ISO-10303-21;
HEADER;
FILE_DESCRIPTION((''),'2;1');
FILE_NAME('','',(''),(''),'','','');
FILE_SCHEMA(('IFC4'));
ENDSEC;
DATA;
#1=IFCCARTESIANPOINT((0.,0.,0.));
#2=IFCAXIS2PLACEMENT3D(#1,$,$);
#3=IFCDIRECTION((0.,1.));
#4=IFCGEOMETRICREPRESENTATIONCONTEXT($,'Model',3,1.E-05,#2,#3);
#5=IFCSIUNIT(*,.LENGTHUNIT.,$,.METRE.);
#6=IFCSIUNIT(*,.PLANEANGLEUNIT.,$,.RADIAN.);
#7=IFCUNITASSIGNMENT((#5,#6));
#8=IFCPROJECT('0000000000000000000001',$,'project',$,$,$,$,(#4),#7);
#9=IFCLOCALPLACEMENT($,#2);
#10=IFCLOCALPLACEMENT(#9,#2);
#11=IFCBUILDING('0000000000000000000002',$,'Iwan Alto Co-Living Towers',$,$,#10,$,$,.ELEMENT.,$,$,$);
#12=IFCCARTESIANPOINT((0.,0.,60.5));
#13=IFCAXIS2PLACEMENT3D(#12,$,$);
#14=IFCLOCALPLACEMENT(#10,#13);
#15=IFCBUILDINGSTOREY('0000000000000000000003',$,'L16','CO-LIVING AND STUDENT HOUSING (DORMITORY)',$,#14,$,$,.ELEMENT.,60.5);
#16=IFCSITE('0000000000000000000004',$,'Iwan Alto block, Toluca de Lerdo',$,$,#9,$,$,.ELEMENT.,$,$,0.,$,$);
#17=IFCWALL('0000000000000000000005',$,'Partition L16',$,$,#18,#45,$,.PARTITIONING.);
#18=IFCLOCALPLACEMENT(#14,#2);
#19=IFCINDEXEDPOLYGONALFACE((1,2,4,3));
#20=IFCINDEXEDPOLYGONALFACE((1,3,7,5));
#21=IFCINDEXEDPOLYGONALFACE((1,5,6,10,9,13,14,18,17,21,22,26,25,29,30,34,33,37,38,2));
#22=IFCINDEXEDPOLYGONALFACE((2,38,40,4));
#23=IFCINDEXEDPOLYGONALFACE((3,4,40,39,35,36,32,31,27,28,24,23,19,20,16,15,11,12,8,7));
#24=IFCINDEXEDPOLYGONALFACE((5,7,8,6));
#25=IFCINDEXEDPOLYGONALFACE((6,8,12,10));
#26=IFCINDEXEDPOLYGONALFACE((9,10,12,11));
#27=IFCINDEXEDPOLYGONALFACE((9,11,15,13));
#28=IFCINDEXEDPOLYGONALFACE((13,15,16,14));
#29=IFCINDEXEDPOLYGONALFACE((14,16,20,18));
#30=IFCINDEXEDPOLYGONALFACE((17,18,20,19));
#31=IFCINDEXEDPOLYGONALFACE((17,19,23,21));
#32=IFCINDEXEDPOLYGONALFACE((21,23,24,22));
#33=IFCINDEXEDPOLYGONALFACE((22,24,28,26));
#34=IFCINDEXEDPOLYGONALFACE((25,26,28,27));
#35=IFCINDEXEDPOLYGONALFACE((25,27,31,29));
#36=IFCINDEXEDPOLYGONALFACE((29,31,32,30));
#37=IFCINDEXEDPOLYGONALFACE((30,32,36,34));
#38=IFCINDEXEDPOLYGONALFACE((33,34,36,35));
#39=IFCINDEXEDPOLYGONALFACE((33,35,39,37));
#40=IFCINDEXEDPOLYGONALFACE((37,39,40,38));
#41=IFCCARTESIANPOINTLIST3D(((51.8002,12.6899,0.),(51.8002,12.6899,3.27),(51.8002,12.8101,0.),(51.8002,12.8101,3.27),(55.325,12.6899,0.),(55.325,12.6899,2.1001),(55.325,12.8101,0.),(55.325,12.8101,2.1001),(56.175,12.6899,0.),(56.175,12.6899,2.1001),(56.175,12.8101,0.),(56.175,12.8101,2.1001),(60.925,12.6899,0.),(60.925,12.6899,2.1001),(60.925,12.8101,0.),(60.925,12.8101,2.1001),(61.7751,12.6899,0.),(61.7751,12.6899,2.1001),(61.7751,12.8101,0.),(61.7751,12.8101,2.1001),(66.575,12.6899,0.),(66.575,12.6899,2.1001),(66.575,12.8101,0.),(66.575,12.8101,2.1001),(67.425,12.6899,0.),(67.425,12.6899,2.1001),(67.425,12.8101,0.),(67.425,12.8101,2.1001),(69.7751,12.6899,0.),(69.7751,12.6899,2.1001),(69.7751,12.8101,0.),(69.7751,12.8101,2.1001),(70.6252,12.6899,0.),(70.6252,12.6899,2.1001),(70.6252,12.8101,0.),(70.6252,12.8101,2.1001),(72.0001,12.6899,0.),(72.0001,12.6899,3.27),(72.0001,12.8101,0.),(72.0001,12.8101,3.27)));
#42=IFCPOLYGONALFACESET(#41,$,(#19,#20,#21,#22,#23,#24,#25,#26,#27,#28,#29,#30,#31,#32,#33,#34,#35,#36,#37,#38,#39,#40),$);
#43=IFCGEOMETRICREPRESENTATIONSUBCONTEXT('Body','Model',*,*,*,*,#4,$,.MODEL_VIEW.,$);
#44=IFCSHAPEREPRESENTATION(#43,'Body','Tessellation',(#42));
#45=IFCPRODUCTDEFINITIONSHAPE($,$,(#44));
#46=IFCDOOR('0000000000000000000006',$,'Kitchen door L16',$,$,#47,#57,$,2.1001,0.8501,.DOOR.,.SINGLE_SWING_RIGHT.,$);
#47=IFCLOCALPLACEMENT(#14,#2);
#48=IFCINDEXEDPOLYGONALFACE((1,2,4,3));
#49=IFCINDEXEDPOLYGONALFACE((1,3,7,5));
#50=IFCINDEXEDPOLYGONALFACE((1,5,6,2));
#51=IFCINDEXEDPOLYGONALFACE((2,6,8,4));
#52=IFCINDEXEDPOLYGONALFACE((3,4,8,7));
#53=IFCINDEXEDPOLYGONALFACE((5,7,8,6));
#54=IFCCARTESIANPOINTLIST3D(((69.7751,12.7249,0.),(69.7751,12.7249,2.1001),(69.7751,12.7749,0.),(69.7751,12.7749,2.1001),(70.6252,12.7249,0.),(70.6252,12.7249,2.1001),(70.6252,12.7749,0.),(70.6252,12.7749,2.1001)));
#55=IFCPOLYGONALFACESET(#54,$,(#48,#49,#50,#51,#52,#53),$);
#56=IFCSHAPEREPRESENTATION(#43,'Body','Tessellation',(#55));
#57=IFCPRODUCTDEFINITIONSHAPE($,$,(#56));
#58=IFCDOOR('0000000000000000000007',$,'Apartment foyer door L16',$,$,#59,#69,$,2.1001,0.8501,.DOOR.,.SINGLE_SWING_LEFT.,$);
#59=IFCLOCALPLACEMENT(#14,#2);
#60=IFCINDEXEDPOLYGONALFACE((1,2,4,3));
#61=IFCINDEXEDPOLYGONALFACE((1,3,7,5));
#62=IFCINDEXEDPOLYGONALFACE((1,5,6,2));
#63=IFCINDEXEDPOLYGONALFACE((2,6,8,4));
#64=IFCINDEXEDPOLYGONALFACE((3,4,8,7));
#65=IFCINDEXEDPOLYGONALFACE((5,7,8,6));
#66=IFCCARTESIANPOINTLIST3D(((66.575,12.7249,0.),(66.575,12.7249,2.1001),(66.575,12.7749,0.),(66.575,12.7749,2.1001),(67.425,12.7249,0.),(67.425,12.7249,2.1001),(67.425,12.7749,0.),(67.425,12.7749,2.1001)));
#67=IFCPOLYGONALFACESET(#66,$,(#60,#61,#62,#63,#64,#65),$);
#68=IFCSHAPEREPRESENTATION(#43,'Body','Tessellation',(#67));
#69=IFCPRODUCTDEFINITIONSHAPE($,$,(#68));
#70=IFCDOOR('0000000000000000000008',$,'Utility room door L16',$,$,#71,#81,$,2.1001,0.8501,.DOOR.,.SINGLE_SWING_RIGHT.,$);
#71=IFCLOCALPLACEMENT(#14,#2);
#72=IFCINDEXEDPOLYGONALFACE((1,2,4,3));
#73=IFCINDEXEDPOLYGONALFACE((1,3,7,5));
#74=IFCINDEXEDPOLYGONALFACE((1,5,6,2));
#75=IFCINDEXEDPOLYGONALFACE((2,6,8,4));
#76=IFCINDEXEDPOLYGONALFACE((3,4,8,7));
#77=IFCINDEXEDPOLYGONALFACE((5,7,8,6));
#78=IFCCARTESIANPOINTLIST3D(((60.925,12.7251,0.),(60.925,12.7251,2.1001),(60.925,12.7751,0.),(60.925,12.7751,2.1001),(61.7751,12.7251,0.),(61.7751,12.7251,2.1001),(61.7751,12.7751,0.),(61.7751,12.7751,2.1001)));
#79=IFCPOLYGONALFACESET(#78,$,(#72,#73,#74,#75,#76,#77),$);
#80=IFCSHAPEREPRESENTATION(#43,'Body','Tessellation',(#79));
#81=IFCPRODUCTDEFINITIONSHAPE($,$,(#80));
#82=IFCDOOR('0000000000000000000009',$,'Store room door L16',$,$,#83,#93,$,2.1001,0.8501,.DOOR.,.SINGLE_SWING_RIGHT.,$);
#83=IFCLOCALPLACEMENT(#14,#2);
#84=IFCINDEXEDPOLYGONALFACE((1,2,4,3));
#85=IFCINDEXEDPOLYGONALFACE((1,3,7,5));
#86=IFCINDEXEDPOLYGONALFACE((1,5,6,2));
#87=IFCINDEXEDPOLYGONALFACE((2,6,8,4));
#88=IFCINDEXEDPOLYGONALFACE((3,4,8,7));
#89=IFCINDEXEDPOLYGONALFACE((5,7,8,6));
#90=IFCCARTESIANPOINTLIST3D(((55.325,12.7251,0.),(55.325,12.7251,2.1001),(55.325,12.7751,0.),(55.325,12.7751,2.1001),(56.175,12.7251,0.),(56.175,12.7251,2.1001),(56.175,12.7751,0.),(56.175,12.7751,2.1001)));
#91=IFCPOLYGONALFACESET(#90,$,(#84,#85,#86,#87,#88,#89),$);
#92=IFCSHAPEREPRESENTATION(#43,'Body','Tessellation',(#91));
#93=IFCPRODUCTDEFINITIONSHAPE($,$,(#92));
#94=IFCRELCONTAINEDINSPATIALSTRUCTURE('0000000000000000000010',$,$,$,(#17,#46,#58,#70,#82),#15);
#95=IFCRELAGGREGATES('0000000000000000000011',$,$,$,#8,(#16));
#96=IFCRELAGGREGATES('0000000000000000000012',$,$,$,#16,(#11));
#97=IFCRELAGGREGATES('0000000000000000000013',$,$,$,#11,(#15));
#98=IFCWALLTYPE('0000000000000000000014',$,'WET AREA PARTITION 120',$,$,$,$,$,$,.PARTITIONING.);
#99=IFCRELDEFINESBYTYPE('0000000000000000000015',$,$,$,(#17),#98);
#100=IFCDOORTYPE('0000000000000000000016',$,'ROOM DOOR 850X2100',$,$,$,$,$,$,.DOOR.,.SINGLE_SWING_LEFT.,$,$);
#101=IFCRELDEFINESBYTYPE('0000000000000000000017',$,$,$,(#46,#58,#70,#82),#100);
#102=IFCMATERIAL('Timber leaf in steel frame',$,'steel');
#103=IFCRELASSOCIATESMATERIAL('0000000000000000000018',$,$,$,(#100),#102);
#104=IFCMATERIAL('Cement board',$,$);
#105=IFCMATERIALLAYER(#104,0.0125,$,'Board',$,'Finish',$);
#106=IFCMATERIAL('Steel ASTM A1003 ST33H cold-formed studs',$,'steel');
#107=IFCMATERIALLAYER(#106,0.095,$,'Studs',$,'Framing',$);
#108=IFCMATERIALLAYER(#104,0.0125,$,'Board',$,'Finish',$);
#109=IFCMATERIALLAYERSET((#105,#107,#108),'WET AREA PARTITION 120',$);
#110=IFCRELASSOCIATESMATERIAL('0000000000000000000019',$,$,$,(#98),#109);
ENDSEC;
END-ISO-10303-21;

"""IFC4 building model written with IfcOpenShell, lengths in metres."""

from ifc_helpers import new_model, si_unit, direction, frame, frame_2d, origin, place, context, subcontext, project, spatial, rectangle, extrude, material, layer, layer_set, type_object, element, fill, save


model = new_model("IFC4")

# Units and contexts
model_context = context("Model", 3, precision=1e-05, world=origin(), true_north=direction((0.0, 1.0)))
body_context = subcontext(model_context, "Body", "Model", "MODEL_VIEW")
ifc_project = project(units=[si_unit("LENGTHUNIT", "METRE"), si_unit("PLANEANGLEUNIT", "RADIAN")], contexts=[model_context])

# Site, building, storey
site_placement = place(None, origin())
site = spatial("IfcSite", under=ifc_project, at=site_placement, Name="Iwan Alto block, Toluca de Lerdo", CompositionType="ELEMENT", RefElevation=0.0)
building_placement = place(site_placement, origin())
building = spatial("IfcBuilding", under=site, at=building_placement, Name="Iwan Alto Co-Living Towers", CompositionType="ELEMENT")
storey_placement = place(building_placement, frame((0.0, 0.0, 60.5)))
storey = spatial("IfcBuildingStorey", under=building, at=storey_placement, Name="L16", Description="CO-LIVING AND STUDENT HOUSING (DORMITORY)", CompositionType="ELEMENT", Elevation=60.5)

# Shared definitions
ifc_material_1 = material(Name="Steel ASTM A1003 ST33H cold-formed studs", Category="steel")

# Shared definitions
ifc_material_2 = material(Name="Timber leaf in steel frame", Category="steel")
door_type_1 = type_object("IfcDoorType", Name="ROOM DOOR 850X2100", OperationType="SINGLE_SWING_LEFT", PredefinedType="DOOR", material=ifc_material_2)

# Wall, openings, doors
ifc_material_3 = material(Name="Cement board")
ifc_layer_1 = layer(ifc_material_3, 0.0125, Name="Board", Category="Finish")
ifc_layer_2 = layer(ifc_material_1, 0.095, Name="Studs", Category="Framing")
ifc_layer_3 = layer(ifc_material_3, 0.0125, Name="Board", Category="Finish")
ifc_layer_set_1 = layer_set([ifc_layer_1, ifc_layer_2, ifc_layer_3], Name="WET AREA PARTITION 120")
wall_type_1 = type_object("IfcWallType", Name="WET AREA PARTITION 120", PredefinedType="PARTITIONING", material=ifc_layer_set_1)
wall_1_placement = place(storey_placement, frame((51.8, 12.75, 0.0), z_axis=(0.0, 0.0, 1.0), x_axis=(1.0, 0.0, 0.0)))
wall_1 = element("IfcWall", 1, at=wall_1_placement, inside=storey, type_object=wall_type_1, Name="Partition L16", PredefinedType="PARTITIONING", context=body_context, shape_type="SweptSolid", body=[
    extrude(rectangle(XDim=20.2, YDim=0.1201, at=frame_2d((10.1001, 0.0))), origin(), (0.0, 0.0, 1.0), 3.27),
])
opening_1_placement = place(wall_1_placement, frame((17.9751, 0.0, 0.0)))
opening_1 = element("IfcOpeningElement", 2, at=opening_1_placement, cuts=wall_1, PredefinedType="OPENING", context=body_context, shape_type="SweptSolid", body=[
    extrude(rectangle(XDim=0.8501, YDim=2.1001, at=frame_2d((0.425, 1.05))), frame((0.0, 0.0701, 0.0), z_axis=(0.0, -1.0, 0.0), x_axis=(1.0, 0.0, 0.0)), (0.0, 0.0, 1.0), 0.1401),
])
opening_2_placement = place(wall_1_placement, frame((14.7749, 0.0, 0.0)))
opening_2 = element("IfcOpeningElement", 3, at=opening_2_placement, cuts=wall_1, PredefinedType="OPENING", context=body_context, shape_type="SweptSolid", body=[
    extrude(rectangle(XDim=0.8501, YDim=2.1001, at=frame_2d((0.425, 1.05))), frame((0.0, 0.0701, 0.0), z_axis=(0.0, -1.0, 0.0), x_axis=(1.0, 0.0, 0.0)), (0.0, 0.0, 1.0), 0.1401),
])
opening_3_placement = place(wall_1_placement, frame((9.125, 0.0, 0.0)))
opening_3 = element("IfcOpeningElement", 4, at=opening_3_placement, cuts=wall_1, PredefinedType="OPENING", context=body_context, shape_type="SweptSolid", body=[
    extrude(rectangle(XDim=0.8501, YDim=2.1001, at=frame_2d((0.425, 1.05))), frame((0.0, 0.0701, 0.0), z_axis=(0.0, -1.0, 0.0), x_axis=(1.0, 0.0, 0.0)), (0.0, 0.0, 1.0), 0.1401),
])
opening_4_placement = place(wall_1_placement, frame((3.5249, 0.0, 0.0)))
opening_4 = element("IfcOpeningElement", 5, at=opening_4_placement, cuts=wall_1, PredefinedType="OPENING", context=body_context, shape_type="SweptSolid", body=[
    extrude(rectangle(XDim=0.8501, YDim=2.1001, at=frame_2d((0.425, 1.05))), frame((0.0, 0.0701, 0.0), z_axis=(0.0, -1.0, 0.0), x_axis=(1.0, 0.0, 0.0)), (0.0, 0.0, 1.0), 0.1401),
])
door_1_placement = place(opening_1_placement, origin())
door_1 = element("IfcDoor", 6, at=door_1_placement, inside=storey, type_object=door_type_1, Name="Kitchen door L16", OperationType="SINGLE_SWING_RIGHT", OverallHeight=2.1001, OverallWidth=0.8501, PredefinedType="DOOR", context=body_context, shape_type="SweptSolid", body=[
    extrude(rectangle(XDim=0.8501, YDim=2.1001, at=frame_2d((0.425, 1.05))), frame((0.0, 0.0249, 0.0), z_axis=(0.0, -1.0, 0.0), x_axis=(1.0, 0.0, 0.0)), (0.0, 0.0, 1.0), 0.05),
])
fill(opening_1, door_1)
door_2_placement = place(opening_2_placement, origin())
door_2 = element("IfcDoor", 7, at=door_2_placement, inside=storey, type_object=door_type_1, Name="Apartment foyer door L16", OperationType="SINGLE_SWING_LEFT", OverallHeight=2.1001, OverallWidth=0.8501, PredefinedType="DOOR", context=body_context, shape_type="SweptSolid", body=[
    extrude(rectangle(XDim=0.8501, YDim=2.1001, at=frame_2d((0.425, 1.05))), frame((0.0, 0.0249, 0.0), z_axis=(0.0, -1.0, 0.0), x_axis=(1.0, 0.0, 0.0)), (0.0, 0.0, 1.0), 0.05),
])
fill(opening_2, door_2)
door_3_placement = place(opening_3_placement, frame((0.8501, 0.0, 0.0), z_axis=(0.0, 0.0, 1.0), x_axis=(-1.0, 0.0, 0.0)))
door_3 = element("IfcDoor", 8, at=door_3_placement, inside=storey, type_object=door_type_1, Name="Utility room door L16", OperationType="SINGLE_SWING_RIGHT", OverallHeight=2.1001, OverallWidth=0.8501, PredefinedType="DOOR", context=body_context, shape_type="SweptSolid", body=[
    extrude(rectangle(XDim=0.8501, YDim=2.1001, at=frame_2d((0.425, 1.05))), frame((0.0, 0.0249, 0.0), z_axis=(0.0, -1.0, 0.0), x_axis=(1.0, 0.0, 0.0)), (0.0, 0.0, 1.0), 0.05),
])
fill(opening_3, door_3)
door_4_placement = place(opening_4_placement, frame((0.8501, 0.0, 0.0), z_axis=(0.0, 0.0, 1.0), x_axis=(-1.0, 0.0, 0.0)))
door_4 = element("IfcDoor", 9, at=door_4_placement, inside=storey, type_object=door_type_1, Name="Store room door L16", OperationType="SINGLE_SWING_RIGHT", OverallHeight=2.1001, OverallWidth=0.8501, PredefinedType="DOOR", context=body_context, shape_type="SweptSolid", body=[
    extrude(rectangle(XDim=0.8501, YDim=2.1001, at=frame_2d((0.425, 1.05))), frame((0.0, 0.0249, 0.0), z_axis=(0.0, -1.0, 0.0), x_axis=(1.0, 0.0, 0.0)), (0.0, 0.0, 1.0), 0.05),
])
fill(opening_4, door_4)

save(model, "model.ifc")
